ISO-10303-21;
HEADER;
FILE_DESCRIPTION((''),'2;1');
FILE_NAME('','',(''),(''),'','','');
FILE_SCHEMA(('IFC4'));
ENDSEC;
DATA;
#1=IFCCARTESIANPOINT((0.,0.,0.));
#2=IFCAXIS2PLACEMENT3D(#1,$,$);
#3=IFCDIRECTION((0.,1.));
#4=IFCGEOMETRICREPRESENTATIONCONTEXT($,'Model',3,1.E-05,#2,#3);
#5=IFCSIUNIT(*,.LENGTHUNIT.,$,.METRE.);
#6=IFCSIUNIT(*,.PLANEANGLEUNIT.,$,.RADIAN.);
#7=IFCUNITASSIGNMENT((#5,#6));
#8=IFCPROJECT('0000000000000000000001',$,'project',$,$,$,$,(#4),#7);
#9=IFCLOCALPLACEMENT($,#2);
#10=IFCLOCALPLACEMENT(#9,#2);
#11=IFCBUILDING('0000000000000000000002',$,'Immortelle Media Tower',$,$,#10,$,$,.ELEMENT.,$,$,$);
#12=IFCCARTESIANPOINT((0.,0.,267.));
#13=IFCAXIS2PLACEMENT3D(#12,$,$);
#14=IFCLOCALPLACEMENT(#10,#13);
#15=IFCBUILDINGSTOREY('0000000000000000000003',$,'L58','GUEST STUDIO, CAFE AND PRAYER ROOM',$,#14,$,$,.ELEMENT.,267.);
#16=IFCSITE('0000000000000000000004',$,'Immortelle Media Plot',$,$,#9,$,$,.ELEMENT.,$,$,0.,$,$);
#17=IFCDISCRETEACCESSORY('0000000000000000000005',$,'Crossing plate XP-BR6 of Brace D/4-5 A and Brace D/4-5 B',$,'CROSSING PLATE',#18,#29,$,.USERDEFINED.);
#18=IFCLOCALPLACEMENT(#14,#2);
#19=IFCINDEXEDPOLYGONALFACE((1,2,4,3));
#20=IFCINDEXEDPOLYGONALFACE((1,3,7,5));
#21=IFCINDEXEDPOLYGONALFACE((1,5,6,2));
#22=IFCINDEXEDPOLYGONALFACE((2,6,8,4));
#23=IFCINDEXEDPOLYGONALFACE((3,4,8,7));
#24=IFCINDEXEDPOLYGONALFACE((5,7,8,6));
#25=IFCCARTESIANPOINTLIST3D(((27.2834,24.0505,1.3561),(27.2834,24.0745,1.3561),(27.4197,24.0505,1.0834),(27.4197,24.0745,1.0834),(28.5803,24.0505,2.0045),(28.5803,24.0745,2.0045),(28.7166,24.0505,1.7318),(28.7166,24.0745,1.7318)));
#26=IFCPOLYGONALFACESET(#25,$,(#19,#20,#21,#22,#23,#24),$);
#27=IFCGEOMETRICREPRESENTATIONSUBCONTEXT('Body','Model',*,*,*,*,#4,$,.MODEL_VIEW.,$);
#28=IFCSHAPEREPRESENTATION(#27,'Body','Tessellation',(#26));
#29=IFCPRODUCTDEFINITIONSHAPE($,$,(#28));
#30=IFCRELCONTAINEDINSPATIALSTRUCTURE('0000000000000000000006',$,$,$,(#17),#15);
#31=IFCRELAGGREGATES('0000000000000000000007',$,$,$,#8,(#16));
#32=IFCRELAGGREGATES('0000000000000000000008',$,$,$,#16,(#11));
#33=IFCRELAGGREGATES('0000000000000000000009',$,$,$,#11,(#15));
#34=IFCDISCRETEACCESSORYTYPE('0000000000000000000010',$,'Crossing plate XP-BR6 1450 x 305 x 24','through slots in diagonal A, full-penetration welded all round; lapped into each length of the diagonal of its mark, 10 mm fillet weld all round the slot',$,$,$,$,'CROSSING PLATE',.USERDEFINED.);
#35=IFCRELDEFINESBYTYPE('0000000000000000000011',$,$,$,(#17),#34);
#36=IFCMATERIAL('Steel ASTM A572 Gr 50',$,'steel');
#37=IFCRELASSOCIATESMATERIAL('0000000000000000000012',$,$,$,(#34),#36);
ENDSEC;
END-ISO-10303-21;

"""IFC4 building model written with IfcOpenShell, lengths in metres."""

from ifc_helpers import new_model, si_unit, direction, frame, origin, origin_2d, place, context, subcontext, project, spatial, rectangle, extrude, material, material_profile, profile_set, type_object, element, save


model = new_model("IFC4")

# Units and contexts
model_context = context("Model", 3, precision=1e-05, world=origin(), true_north=direction((0.0, 1.0)))
body_context = subcontext(model_context, "Body", "Model", "MODEL_VIEW")
ifc_project = project(units=[si_unit("LENGTHUNIT", "METRE"), si_unit("PLANEANGLEUNIT", "RADIAN")], contexts=[model_context])

# Site, building, storey
site_placement = place(None, origin())
site = spatial("IfcSite", under=ifc_project, at=site_placement, Name="Immortelle Media Plot", CompositionType="ELEMENT", RefElevation=0.0)
building_placement = place(site_placement, origin())
building = spatial("IfcBuilding", under=site, at=building_placement, Name="Immortelle Media Tower", CompositionType="ELEMENT")
storey_placement = place(building_placement, frame((0.0, 0.0, 267.0)))
storey = spatial("IfcBuildingStorey", under=building, at=storey_placement, Name="L58", Description="GUEST STUDIO, CAFE AND PRAYER ROOM", CompositionType="ELEMENT", Elevation=267.0)

# Discrete accessory
ifc_material_1 = material(Name="Steel ASTM A572 Gr 50", Category="steel")
ifc_material_profile_1 = material_profile(ifc_material_1, rectangle(XDim=0.0239, YDim=0.3049, at=origin_2d()), Name="PL 24 x 305")
ifc_profile_set_1 = profile_set([ifc_material_profile_1], Name="Steel ASTM A572 Gr 50")
discrete_accessory_type = type_object("IfcDiscreteAccessoryType", Name="Crossing plate XP-BR6 1450 x 305 x 24", Description="through slots in diagonal A, full-penetration welded all round; lapped into each length of the diagonal of its mark, 10 mm fillet weld all round the slot", ElementType="CROSSING PLATE", PredefinedType="USERDEFINED", material=ifc_profile_set_1)
discrete_accessory_placement = place(storey_placement, frame((28.6484, 24.0625, 1.8682), z_axis=(-0.894427, 0.0, -0.447214), x_axis=(0.0, -1.0, 0.0)))
element("IfcDiscreteAccessory", 1, at=discrete_accessory_placement, inside=storey, type_object=discrete_accessory_type, Name="Crossing plate XP-BR6 of Brace D/4-5 A and Brace D/4-5 B", ObjectType="CROSSING PLATE", PredefinedType="USERDEFINED", context=body_context, shape_type="SweptSolid", body=[
    extrude(rectangle(XDim=0.0239, YDim=0.3049, at=origin_2d()), origin(), (0.0, 0.0, 1.0), 1.45),
])

save(model, "model.ifc")
